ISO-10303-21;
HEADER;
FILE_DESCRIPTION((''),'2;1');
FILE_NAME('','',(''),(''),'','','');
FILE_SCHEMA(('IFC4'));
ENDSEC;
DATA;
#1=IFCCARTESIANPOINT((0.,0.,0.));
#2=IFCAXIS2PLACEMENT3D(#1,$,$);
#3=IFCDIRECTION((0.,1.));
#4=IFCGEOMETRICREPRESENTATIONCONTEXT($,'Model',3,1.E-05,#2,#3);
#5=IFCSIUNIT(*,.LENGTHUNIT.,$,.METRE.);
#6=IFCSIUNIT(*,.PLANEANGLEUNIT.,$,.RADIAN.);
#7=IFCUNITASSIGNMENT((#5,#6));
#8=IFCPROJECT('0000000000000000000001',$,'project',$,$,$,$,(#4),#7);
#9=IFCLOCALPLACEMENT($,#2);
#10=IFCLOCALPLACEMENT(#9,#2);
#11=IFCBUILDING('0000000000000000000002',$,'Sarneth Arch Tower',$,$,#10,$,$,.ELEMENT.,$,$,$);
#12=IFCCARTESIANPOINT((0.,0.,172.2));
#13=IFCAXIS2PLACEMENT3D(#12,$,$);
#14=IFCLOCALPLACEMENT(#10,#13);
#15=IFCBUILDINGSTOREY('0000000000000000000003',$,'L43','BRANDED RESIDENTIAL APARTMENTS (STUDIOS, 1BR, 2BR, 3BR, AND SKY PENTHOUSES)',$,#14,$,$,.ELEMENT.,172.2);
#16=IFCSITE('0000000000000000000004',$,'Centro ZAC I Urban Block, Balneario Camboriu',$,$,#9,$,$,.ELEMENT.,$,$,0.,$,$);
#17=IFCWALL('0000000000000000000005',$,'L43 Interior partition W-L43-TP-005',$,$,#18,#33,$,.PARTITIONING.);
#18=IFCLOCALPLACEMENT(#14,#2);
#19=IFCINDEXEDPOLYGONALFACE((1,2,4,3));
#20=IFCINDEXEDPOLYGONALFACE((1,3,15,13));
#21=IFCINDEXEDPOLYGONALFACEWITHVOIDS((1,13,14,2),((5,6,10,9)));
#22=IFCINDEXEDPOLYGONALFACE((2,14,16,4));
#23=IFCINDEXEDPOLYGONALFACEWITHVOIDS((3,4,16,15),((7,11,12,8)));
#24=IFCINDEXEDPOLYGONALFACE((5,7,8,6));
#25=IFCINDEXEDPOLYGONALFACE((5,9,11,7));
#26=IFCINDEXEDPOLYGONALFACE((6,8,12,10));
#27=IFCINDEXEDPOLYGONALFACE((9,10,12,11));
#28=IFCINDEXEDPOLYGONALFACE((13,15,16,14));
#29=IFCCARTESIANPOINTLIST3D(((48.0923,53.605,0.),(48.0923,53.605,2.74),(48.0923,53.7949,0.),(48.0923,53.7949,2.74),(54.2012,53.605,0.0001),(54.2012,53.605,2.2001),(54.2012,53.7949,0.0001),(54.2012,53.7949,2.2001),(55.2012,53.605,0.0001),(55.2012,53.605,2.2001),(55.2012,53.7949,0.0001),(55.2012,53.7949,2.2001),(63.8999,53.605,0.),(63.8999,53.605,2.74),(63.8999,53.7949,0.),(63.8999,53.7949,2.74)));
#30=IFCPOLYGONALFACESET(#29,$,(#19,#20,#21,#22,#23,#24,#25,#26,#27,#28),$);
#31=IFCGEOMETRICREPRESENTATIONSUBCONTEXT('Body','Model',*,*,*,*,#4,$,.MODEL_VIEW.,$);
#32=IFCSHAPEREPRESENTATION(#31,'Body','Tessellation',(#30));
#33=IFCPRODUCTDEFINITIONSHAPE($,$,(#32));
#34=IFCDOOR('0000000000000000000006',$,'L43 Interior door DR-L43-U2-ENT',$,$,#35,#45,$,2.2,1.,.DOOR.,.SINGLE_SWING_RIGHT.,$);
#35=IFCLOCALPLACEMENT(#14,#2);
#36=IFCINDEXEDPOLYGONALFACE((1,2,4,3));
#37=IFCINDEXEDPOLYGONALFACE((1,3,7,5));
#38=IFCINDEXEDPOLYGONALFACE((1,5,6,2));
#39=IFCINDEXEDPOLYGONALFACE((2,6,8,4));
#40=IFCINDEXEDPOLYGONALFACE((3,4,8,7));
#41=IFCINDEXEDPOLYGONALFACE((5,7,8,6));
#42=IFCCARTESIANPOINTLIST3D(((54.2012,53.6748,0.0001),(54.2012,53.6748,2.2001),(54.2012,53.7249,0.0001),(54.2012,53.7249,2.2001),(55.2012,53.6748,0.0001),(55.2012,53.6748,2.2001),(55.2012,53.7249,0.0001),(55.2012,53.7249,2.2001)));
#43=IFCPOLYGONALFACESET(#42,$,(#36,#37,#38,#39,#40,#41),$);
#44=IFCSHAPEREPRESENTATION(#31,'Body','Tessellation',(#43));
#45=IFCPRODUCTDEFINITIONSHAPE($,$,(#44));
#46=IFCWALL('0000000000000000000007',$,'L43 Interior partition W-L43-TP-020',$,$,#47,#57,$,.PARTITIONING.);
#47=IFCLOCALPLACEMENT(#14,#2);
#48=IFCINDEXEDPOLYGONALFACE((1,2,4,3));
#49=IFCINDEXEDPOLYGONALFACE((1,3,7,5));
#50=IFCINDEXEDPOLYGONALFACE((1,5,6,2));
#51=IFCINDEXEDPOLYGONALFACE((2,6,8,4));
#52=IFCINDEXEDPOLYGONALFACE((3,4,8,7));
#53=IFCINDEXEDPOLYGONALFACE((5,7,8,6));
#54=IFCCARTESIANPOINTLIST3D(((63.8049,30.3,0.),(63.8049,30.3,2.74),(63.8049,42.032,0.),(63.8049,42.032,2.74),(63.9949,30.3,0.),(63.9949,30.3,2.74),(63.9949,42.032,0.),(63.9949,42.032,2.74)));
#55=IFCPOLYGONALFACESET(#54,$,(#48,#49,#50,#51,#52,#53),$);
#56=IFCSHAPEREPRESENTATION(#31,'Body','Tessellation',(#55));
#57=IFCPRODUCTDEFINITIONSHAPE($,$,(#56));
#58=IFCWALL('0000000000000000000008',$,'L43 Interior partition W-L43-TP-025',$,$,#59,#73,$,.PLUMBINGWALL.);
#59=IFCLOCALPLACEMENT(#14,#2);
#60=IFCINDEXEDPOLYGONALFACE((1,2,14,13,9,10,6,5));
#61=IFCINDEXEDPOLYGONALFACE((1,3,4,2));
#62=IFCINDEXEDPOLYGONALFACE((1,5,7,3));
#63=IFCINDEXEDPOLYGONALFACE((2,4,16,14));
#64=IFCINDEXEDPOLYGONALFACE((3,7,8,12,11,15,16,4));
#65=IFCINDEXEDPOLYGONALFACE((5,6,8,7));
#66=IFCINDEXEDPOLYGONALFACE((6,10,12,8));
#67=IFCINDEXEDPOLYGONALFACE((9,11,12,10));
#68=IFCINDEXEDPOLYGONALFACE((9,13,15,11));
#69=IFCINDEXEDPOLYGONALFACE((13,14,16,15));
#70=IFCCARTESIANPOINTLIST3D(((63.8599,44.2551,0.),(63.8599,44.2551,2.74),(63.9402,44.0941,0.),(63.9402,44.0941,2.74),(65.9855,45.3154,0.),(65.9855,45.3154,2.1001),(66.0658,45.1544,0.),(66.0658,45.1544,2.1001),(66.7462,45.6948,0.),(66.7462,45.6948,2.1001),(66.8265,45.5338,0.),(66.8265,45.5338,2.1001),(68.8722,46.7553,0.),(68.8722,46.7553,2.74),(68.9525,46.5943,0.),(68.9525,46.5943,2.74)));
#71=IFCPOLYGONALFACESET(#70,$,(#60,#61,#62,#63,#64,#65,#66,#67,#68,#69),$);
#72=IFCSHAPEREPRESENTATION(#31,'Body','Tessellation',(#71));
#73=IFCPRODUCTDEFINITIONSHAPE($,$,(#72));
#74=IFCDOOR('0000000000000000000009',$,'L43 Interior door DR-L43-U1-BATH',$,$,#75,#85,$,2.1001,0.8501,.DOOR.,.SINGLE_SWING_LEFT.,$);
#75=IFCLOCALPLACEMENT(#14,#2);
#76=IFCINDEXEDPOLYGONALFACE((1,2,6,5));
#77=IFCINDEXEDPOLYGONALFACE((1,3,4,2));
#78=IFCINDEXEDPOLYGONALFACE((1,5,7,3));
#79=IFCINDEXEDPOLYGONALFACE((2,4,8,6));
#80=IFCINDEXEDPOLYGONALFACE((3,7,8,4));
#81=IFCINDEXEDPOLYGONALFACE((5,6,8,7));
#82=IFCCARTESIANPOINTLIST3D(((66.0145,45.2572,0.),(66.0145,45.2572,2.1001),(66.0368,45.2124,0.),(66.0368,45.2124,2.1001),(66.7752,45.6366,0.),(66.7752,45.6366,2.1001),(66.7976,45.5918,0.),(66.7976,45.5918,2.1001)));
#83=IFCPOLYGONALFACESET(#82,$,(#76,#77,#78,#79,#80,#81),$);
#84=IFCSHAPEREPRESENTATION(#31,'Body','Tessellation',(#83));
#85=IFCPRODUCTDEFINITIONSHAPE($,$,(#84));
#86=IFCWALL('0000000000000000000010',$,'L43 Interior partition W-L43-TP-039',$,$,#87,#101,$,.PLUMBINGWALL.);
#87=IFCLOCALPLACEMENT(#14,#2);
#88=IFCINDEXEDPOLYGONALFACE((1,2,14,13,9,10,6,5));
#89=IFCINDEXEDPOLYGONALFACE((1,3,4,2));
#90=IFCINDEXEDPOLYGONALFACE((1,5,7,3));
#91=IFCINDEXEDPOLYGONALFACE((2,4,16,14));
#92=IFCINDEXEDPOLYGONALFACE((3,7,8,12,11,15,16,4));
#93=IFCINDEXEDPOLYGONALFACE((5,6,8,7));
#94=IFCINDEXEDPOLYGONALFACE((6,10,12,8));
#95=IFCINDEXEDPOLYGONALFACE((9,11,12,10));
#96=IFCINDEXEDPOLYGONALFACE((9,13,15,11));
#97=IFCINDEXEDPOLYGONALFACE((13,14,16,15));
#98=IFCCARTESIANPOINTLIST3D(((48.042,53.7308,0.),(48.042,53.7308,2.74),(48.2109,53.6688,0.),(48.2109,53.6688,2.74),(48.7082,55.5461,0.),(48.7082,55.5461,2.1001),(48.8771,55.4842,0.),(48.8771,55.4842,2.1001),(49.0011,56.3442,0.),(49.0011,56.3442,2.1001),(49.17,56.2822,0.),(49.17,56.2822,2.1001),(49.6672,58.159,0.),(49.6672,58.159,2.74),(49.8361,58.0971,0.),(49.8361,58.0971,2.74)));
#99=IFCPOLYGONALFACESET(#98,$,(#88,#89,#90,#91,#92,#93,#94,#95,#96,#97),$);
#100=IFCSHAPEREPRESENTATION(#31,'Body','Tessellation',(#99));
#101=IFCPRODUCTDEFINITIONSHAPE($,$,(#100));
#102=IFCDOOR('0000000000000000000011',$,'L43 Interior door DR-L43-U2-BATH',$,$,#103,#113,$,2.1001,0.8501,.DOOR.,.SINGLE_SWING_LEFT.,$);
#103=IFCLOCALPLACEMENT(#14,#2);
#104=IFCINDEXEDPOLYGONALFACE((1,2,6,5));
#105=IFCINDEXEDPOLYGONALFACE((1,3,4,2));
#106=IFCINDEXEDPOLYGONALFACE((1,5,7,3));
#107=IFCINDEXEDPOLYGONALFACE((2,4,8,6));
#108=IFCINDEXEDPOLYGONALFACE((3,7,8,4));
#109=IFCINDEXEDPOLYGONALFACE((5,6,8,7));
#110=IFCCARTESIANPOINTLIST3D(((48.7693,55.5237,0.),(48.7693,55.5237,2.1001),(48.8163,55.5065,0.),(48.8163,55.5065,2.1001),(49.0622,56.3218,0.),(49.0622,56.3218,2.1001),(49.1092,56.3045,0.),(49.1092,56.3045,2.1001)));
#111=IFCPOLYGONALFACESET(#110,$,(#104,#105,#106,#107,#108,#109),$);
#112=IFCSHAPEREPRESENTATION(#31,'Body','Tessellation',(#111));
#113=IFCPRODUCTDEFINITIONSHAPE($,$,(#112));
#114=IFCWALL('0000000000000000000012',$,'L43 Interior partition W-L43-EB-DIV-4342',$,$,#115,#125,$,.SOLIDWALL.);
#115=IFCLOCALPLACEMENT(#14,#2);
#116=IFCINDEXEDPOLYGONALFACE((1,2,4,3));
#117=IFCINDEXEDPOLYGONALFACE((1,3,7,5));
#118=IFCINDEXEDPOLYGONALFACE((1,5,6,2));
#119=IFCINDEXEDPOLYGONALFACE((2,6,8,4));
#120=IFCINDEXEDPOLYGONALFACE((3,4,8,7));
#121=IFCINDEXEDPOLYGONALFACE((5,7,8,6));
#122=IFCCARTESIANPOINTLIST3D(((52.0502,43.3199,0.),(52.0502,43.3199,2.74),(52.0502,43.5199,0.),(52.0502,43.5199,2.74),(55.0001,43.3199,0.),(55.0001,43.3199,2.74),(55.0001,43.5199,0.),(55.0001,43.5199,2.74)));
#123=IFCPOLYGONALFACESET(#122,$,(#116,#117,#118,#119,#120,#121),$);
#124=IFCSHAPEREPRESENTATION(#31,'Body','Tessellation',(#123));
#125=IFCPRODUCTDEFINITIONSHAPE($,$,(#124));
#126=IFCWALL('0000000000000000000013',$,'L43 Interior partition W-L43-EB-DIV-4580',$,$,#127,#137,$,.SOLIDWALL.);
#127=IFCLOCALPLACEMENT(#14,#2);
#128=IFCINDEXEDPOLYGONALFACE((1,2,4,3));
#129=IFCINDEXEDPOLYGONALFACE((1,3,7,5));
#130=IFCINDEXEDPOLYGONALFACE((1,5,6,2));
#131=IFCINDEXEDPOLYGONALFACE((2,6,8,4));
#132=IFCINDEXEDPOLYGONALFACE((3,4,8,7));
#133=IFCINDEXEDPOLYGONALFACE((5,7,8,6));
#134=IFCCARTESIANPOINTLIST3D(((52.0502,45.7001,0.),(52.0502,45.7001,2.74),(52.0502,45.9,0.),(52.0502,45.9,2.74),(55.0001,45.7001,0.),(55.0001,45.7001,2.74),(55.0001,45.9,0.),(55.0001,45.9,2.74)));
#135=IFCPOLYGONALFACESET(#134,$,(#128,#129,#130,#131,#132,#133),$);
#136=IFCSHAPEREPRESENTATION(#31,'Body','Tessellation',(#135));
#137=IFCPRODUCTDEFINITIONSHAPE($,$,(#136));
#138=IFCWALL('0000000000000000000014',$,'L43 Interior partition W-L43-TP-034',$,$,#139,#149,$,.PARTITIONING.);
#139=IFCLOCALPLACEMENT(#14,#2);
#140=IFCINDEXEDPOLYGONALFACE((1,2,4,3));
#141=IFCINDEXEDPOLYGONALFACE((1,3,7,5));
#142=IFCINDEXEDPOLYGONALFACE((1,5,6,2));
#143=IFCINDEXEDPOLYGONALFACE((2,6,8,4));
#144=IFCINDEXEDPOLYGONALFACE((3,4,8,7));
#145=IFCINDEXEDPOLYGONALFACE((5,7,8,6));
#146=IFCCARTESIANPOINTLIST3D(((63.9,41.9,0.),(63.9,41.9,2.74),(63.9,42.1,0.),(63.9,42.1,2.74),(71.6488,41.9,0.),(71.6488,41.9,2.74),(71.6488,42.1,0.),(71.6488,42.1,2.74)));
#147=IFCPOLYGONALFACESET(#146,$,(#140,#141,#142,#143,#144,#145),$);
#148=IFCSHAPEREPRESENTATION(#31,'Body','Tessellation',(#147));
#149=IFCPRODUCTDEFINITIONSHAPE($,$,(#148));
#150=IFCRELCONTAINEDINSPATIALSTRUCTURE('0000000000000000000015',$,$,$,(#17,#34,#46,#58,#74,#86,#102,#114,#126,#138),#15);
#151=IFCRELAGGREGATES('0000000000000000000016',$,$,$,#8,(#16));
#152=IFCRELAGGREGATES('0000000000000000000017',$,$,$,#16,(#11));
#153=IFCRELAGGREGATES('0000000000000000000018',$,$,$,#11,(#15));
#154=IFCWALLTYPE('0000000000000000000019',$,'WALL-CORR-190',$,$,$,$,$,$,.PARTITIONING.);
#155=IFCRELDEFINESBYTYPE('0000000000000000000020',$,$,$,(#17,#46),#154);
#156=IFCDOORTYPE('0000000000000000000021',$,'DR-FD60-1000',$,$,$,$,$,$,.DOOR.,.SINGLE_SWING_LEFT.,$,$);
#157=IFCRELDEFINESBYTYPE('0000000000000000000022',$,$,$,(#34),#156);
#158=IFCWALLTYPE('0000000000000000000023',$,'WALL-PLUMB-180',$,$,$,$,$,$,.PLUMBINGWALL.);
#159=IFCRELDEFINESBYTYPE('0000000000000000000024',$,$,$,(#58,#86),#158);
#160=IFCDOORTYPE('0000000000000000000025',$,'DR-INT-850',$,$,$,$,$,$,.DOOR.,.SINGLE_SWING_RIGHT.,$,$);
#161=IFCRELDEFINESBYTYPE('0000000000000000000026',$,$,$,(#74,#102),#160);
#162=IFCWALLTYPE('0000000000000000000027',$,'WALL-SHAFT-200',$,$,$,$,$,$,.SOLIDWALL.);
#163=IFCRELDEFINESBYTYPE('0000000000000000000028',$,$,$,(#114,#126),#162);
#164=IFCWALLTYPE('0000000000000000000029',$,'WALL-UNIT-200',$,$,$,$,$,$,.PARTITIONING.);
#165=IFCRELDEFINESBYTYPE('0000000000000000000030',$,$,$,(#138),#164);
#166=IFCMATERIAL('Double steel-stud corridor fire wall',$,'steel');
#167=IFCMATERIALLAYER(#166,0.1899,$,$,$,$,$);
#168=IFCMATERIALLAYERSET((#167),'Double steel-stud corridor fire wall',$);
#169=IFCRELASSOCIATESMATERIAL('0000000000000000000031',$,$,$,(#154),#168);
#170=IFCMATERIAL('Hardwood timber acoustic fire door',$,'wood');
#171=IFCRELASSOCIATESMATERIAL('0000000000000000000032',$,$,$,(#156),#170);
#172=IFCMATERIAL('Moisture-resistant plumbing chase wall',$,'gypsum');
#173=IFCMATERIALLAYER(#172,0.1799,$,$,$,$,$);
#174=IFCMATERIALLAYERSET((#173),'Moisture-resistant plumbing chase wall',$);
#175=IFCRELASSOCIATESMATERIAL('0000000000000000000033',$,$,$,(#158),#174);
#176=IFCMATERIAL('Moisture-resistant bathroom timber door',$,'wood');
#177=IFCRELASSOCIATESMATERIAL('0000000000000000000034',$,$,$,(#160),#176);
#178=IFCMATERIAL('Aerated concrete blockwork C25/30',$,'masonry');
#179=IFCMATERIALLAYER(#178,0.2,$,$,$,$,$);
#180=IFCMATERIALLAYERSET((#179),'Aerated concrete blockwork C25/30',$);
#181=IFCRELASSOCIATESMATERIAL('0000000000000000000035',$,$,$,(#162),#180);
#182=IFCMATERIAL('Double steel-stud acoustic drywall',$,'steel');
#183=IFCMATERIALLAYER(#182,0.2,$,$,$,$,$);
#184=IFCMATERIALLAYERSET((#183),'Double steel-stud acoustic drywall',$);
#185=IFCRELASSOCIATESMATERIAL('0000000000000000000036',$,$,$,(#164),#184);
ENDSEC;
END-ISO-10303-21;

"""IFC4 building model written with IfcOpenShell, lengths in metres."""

from ifc_helpers import new_model, si_unit, direction, frame, frame_2d, origin, place, context, subcontext, project, spatial, rectangle, extrude, material, layer, layer_set, type_object, element, fill, save


model = new_model("IFC4")

# Units and contexts
model_context = context("Model", 3, precision=1e-05, world=origin(), true_north=direction((0.0, 1.0)))
body_context = subcontext(model_context, "Body", "Model", "MODEL_VIEW")
ifc_project = project(units=[si_unit("LENGTHUNIT", "METRE"), si_unit("PLANEANGLEUNIT", "RADIAN")], contexts=[model_context])

# Site, building, storey
site_placement = place(None, origin())
site = spatial("IfcSite", under=ifc_project, at=site_placement, Name="Centro ZAC I Urban Block, Balneario Camboriu", CompositionType="ELEMENT", RefElevation=0.0)
building_placement = place(site_placement, origin())
building = spatial("IfcBuilding", under=site, at=building_placement, Name="Sarneth Arch Tower", CompositionType="ELEMENT")
storey_placement = place(building_placement, frame((0.0, 0.0, 172.2)))
storey = spatial("IfcBuildingStorey", under=building, at=storey_placement, Name="L43", Description="BRANDED RESIDENTIAL APARTMENTS (STUDIOS, 1BR, 2BR, 3BR, AND SKY PENTHOUSES)", CompositionType="ELEMENT", Elevation=172.2)

# Wall, opening, door
ifc_material_1 = material(Name="Double steel-stud corridor fire wall", Category="steel")
ifc_layer_1 = layer(ifc_material_1, 0.1899)
ifc_layer_set_1 = layer_set([ifc_layer_1], Name="Double steel-stud corridor fire wall")
wall_type_1 = type_object("IfcWallType", Name="WALL-CORR-190", PredefinedType="PARTITIONING", material=ifc_layer_set_1)
ifc_material_2 = material(Name="Hardwood timber acoustic fire door", Category="wood")
door_type_1 = type_object("IfcDoorType", Name="DR-FD60-1000", OperationType="SINGLE_SWING_LEFT", PredefinedType="DOOR", material=ifc_material_2)
wall_1_placement = place(storey_placement, frame((48.0923, 53.7, 0.0), z_axis=(0.0, 0.0, 1.0), x_axis=(1.0, 0.0, 0.0)))
wall_1 = element("IfcWall", 1, at=wall_1_placement, inside=storey, type_object=wall_type_1, Name="L43 Interior partition W-L43-TP-005", PredefinedType="PARTITIONING", context=body_context, shape_type="SweptSolid", body=[
    extrude(rectangle(XDim=15.8076, YDim=0.1899, at=frame_2d((7.9038, 0.0))), origin(), (0.0, 0.0, 1.0), 2.74),
])
opening_1_placement = place(wall_1_placement, frame((6.1089, 0.0, 0.0)))
opening_1 = element("IfcOpeningElement", 2, at=opening_1_placement, cuts=wall_1, PredefinedType="OPENING", context=body_context, shape_type="SweptSolid", body=[
    extrude(rectangle(XDim=1.0, YDim=2.2, at=frame_2d((0.5, 1.1001))), frame((0.0, 0.105, 0.0), z_axis=(0.0, -1.0, 0.0), x_axis=(1.0, 0.0, 0.0)), (0.0, 0.0, 1.0), 0.21),
])
door_1_placement = place(opening_1_placement, origin())
door_1 = element("IfcDoor", 3, at=door_1_placement, inside=storey, type_object=door_type_1, Name="L43 Interior door DR-L43-U2-ENT", OperationType="SINGLE_SWING_RIGHT", OverallHeight=2.2, OverallWidth=1.0, PredefinedType="DOOR", context=body_context, shape_type="SweptSolid", body=[
    extrude(rectangle(XDim=1.0, YDim=2.2, at=frame_2d((0.5, 1.1001))), frame((0.0, 0.0249, 0.0), z_axis=(0.0, -1.0, 0.0), x_axis=(1.0, 0.0, 0.0)), (0.0, 0.0, 1.0), 0.05),
])
fill(opening_1, door_1)

# Wall
wall_2_placement = place(storey_placement, frame((63.8999, 42.032, 0.0), z_axis=(0.0, 0.0, 1.0), x_axis=(0.0, -1.0, 0.0)))
element("IfcWall", 4, at=wall_2_placement, inside=storey, type_object=wall_type_1, Name="L43 Interior partition W-L43-TP-020", PredefinedType="PARTITIONING", context=body_context, shape_type="SweptSolid", body=[
    extrude(rectangle(XDim=11.7319, YDim=0.1899, at=frame_2d((5.866, 0.0))), origin(), (0.0, 0.0, 1.0), 2.74),
])

# Walls, openings, doors
ifc_material_3 = material(Name="Moisture-resistant plumbing chase wall", Category="gypsum")
ifc_layer_2 = layer(ifc_material_3, 0.1799)
ifc_layer_set_2 = layer_set([ifc_layer_2], Name="Moisture-resistant plumbing chase wall")
wall_type_2 = type_object("IfcWallType", Name="WALL-PLUMB-180", PredefinedType="PLUMBINGWALL", material=ifc_layer_set_2)
wall_3_placement = place(storey_placement, frame((63.8999, 44.1746, 0.0), z_axis=(0.0, 0.0, 1.0), x_axis=(0.894854, 0.446359, 0.0)))
wall_3 = element("IfcWall", 5, at=wall_3_placement, inside=storey, type_object=wall_type_2, Name="L43 Interior partition W-L43-TP-025", PredefinedType="PLUMBINGWALL", context=body_context, shape_type="SweptSolid", body=[
    extrude(rectangle(XDim=5.6013, YDim=0.1799, at=frame_2d((2.8008, 0.0))), origin(), (0.0, 0.0, 1.0), 2.74),
])
opening_2_placement = place(wall_3_placement, frame((2.3755, 0.0, 0.0)))
opening_2 = element("IfcOpeningElement", 6, at=opening_2_placement, cuts=wall_3, PredefinedType="OPENING", context=body_context, shape_type="SweptSolid", body=[
    extrude(rectangle(XDim=0.8501, YDim=2.1001, at=frame_2d((0.425, 1.05))), frame((0.0, 0.0999, 0.0), z_axis=(0.0, -1.0, 0.0), x_axis=(1.0, 0.0, 0.0)), (0.0, 0.0, 1.0), 0.2),
])
ifc_material_4 = material(Name="Moisture-resistant bathroom timber door", Category="wood")
door_type_2 = type_object("IfcDoorType", Name="DR-INT-850", OperationType="SINGLE_SWING_RIGHT", PredefinedType="DOOR", material=ifc_material_4)
door_2_placement = place(opening_2_placement, origin())
door_2 = element("IfcDoor", 7, at=door_2_placement, inside=storey, type_object=door_type_2, Name="L43 Interior door DR-L43-U1-BATH", OperationType="SINGLE_SWING_LEFT", OverallHeight=2.1001, OverallWidth=0.8501, PredefinedType="DOOR", context=body_context, shape_type="SweptSolid", body=[
    extrude(rectangle(XDim=0.8501, YDim=2.1001, at=frame_2d((0.425, 1.05))), frame((0.0, 0.0249, 0.0), z_axis=(0.0, -1.0, 0.0), x_axis=(1.0, 0.0, 0.0)), (0.0, 0.0, 1.0), 0.05),
])
fill(opening_2, door_2)
wall_4_placement = place(storey_placement, frame((48.1265, 53.7, 0.0), z_axis=(0.0, 0.0, 1.0), x_axis=(0.344547, 0.938769, 0.0)))
wall_4 = element("IfcWall", 8, at=wall_4_placement, inside=storey, type_object=wall_type_2, Name="L43 Interior partition W-L43-TP-039", PredefinedType="PLUMBINGWALL", context=body_context, shape_type="SweptSolid", body=[
    extrude(rectangle(XDim=4.717, YDim=0.1799, at=frame_2d((2.3584, 0.0))), origin(), (0.0, 0.0, 1.0), 2.74),
])
opening_3_placement = place(wall_4_placement, frame((1.9336, 0.0, 0.0)))
opening_3 = element("IfcOpeningElement", 9, at=opening_3_placement, cuts=wall_4, PredefinedType="OPENING", context=body_context, shape_type="SweptSolid", body=[
    extrude(rectangle(XDim=0.8501, YDim=2.1001, at=frame_2d((0.425, 1.05))), frame((0.0, 0.0999, 0.0), z_axis=(0.0, -1.0, 0.0), x_axis=(1.0, 0.0, 0.0)), (0.0, 0.0, 1.0), 0.2),
])
door_3_placement = place(opening_3_placement, origin())
door_3 = element("IfcDoor", 10, at=door_3_placement, inside=storey, type_object=door_type_2, Name="L43 Interior door DR-L43-U2-BATH", OperationType="SINGLE_SWING_LEFT", OverallHeight=2.1001, OverallWidth=0.8501, PredefinedType="DOOR", context=body_context, shape_type="SweptSolid", body=[
    extrude(rectangle(XDim=0.8501, YDim=2.1001, at=frame_2d((0.425, 1.05))), frame((0.0, 0.0249, 0.0), z_axis=(0.0, -1.0, 0.0), x_axis=(1.0, 0.0, 0.0)), (0.0, 0.0, 1.0), 0.05),
])
fill(opening_3, door_3)

# Walls
ifc_material_5 = material(Name="Aerated concrete blockwork C25/30", Category="masonry")
ifc_layer_3 = layer(ifc_material_5, 0.2)
ifc_layer_set_3 = layer_set([ifc_layer_3], Name="Aerated concrete blockwork C25/30")
wall_type_3 = type_object("IfcWallType", Name="WALL-SHAFT-200", PredefinedType="SOLIDWALL", material=ifc_layer_set_3)
for number, where, z_axis, x_axis, name in (
    (11, (52.05, 43.4199, 0.0), (0.0, 0.0, 1.0), (1.0, 0.0, 0.0), "L43 Interior partition W-L43-EB-DIV-4342"),
    (12, (52.05, 45.8, 0.0), (0.0, 0.0, 1.0), (1.0, 0.0, 0.0), "L43 Interior partition W-L43-EB-DIV-4580"),
):
    element("IfcWall", number, at=place(storey_placement, frame(where, z_axis=z_axis, x_axis=x_axis)), inside=storey, type_object=wall_type_3, Name=name, PredefinedType="SOLIDWALL", context=body_context, shape_type="SweptSolid", body=[
        extrude(rectangle(XDim=2.95, YDim=0.2, at=frame_2d((1.4751, 0.0))), origin(), (0.0, 0.0, 1.0), 2.74),
    ])
ifc_material_6 = material(Name="Double steel-stud acoustic drywall", Category="steel")
ifc_layer_4 = layer(ifc_material_6, 0.2)
ifc_layer_set_4 = layer_set([ifc_layer_4], Name="Double steel-stud acoustic drywall")
wall_type_4 = type_object("IfcWallType", Name="WALL-UNIT-200", PredefinedType="PARTITIONING", material=ifc_layer_set_4)
wall_5_placement = place(storey_placement, frame((63.8999, 42.0, 0.0), z_axis=(0.0, 0.0, 1.0), x_axis=(1.0, 0.0, 0.0)))
element("IfcWall", 13, at=wall_5_placement, inside=storey, type_object=wall_type_4, Name="L43 Interior partition W-L43-TP-034", PredefinedType="PARTITIONING", context=body_context, shape_type="SweptSolid", body=[
    extrude(rectangle(XDim=7.7488, YDim=0.2, at=frame_2d((3.8745, 0.0))), origin(), (0.0, 0.0, 1.0), 2.74),
])

save(model, "model.ifc")
